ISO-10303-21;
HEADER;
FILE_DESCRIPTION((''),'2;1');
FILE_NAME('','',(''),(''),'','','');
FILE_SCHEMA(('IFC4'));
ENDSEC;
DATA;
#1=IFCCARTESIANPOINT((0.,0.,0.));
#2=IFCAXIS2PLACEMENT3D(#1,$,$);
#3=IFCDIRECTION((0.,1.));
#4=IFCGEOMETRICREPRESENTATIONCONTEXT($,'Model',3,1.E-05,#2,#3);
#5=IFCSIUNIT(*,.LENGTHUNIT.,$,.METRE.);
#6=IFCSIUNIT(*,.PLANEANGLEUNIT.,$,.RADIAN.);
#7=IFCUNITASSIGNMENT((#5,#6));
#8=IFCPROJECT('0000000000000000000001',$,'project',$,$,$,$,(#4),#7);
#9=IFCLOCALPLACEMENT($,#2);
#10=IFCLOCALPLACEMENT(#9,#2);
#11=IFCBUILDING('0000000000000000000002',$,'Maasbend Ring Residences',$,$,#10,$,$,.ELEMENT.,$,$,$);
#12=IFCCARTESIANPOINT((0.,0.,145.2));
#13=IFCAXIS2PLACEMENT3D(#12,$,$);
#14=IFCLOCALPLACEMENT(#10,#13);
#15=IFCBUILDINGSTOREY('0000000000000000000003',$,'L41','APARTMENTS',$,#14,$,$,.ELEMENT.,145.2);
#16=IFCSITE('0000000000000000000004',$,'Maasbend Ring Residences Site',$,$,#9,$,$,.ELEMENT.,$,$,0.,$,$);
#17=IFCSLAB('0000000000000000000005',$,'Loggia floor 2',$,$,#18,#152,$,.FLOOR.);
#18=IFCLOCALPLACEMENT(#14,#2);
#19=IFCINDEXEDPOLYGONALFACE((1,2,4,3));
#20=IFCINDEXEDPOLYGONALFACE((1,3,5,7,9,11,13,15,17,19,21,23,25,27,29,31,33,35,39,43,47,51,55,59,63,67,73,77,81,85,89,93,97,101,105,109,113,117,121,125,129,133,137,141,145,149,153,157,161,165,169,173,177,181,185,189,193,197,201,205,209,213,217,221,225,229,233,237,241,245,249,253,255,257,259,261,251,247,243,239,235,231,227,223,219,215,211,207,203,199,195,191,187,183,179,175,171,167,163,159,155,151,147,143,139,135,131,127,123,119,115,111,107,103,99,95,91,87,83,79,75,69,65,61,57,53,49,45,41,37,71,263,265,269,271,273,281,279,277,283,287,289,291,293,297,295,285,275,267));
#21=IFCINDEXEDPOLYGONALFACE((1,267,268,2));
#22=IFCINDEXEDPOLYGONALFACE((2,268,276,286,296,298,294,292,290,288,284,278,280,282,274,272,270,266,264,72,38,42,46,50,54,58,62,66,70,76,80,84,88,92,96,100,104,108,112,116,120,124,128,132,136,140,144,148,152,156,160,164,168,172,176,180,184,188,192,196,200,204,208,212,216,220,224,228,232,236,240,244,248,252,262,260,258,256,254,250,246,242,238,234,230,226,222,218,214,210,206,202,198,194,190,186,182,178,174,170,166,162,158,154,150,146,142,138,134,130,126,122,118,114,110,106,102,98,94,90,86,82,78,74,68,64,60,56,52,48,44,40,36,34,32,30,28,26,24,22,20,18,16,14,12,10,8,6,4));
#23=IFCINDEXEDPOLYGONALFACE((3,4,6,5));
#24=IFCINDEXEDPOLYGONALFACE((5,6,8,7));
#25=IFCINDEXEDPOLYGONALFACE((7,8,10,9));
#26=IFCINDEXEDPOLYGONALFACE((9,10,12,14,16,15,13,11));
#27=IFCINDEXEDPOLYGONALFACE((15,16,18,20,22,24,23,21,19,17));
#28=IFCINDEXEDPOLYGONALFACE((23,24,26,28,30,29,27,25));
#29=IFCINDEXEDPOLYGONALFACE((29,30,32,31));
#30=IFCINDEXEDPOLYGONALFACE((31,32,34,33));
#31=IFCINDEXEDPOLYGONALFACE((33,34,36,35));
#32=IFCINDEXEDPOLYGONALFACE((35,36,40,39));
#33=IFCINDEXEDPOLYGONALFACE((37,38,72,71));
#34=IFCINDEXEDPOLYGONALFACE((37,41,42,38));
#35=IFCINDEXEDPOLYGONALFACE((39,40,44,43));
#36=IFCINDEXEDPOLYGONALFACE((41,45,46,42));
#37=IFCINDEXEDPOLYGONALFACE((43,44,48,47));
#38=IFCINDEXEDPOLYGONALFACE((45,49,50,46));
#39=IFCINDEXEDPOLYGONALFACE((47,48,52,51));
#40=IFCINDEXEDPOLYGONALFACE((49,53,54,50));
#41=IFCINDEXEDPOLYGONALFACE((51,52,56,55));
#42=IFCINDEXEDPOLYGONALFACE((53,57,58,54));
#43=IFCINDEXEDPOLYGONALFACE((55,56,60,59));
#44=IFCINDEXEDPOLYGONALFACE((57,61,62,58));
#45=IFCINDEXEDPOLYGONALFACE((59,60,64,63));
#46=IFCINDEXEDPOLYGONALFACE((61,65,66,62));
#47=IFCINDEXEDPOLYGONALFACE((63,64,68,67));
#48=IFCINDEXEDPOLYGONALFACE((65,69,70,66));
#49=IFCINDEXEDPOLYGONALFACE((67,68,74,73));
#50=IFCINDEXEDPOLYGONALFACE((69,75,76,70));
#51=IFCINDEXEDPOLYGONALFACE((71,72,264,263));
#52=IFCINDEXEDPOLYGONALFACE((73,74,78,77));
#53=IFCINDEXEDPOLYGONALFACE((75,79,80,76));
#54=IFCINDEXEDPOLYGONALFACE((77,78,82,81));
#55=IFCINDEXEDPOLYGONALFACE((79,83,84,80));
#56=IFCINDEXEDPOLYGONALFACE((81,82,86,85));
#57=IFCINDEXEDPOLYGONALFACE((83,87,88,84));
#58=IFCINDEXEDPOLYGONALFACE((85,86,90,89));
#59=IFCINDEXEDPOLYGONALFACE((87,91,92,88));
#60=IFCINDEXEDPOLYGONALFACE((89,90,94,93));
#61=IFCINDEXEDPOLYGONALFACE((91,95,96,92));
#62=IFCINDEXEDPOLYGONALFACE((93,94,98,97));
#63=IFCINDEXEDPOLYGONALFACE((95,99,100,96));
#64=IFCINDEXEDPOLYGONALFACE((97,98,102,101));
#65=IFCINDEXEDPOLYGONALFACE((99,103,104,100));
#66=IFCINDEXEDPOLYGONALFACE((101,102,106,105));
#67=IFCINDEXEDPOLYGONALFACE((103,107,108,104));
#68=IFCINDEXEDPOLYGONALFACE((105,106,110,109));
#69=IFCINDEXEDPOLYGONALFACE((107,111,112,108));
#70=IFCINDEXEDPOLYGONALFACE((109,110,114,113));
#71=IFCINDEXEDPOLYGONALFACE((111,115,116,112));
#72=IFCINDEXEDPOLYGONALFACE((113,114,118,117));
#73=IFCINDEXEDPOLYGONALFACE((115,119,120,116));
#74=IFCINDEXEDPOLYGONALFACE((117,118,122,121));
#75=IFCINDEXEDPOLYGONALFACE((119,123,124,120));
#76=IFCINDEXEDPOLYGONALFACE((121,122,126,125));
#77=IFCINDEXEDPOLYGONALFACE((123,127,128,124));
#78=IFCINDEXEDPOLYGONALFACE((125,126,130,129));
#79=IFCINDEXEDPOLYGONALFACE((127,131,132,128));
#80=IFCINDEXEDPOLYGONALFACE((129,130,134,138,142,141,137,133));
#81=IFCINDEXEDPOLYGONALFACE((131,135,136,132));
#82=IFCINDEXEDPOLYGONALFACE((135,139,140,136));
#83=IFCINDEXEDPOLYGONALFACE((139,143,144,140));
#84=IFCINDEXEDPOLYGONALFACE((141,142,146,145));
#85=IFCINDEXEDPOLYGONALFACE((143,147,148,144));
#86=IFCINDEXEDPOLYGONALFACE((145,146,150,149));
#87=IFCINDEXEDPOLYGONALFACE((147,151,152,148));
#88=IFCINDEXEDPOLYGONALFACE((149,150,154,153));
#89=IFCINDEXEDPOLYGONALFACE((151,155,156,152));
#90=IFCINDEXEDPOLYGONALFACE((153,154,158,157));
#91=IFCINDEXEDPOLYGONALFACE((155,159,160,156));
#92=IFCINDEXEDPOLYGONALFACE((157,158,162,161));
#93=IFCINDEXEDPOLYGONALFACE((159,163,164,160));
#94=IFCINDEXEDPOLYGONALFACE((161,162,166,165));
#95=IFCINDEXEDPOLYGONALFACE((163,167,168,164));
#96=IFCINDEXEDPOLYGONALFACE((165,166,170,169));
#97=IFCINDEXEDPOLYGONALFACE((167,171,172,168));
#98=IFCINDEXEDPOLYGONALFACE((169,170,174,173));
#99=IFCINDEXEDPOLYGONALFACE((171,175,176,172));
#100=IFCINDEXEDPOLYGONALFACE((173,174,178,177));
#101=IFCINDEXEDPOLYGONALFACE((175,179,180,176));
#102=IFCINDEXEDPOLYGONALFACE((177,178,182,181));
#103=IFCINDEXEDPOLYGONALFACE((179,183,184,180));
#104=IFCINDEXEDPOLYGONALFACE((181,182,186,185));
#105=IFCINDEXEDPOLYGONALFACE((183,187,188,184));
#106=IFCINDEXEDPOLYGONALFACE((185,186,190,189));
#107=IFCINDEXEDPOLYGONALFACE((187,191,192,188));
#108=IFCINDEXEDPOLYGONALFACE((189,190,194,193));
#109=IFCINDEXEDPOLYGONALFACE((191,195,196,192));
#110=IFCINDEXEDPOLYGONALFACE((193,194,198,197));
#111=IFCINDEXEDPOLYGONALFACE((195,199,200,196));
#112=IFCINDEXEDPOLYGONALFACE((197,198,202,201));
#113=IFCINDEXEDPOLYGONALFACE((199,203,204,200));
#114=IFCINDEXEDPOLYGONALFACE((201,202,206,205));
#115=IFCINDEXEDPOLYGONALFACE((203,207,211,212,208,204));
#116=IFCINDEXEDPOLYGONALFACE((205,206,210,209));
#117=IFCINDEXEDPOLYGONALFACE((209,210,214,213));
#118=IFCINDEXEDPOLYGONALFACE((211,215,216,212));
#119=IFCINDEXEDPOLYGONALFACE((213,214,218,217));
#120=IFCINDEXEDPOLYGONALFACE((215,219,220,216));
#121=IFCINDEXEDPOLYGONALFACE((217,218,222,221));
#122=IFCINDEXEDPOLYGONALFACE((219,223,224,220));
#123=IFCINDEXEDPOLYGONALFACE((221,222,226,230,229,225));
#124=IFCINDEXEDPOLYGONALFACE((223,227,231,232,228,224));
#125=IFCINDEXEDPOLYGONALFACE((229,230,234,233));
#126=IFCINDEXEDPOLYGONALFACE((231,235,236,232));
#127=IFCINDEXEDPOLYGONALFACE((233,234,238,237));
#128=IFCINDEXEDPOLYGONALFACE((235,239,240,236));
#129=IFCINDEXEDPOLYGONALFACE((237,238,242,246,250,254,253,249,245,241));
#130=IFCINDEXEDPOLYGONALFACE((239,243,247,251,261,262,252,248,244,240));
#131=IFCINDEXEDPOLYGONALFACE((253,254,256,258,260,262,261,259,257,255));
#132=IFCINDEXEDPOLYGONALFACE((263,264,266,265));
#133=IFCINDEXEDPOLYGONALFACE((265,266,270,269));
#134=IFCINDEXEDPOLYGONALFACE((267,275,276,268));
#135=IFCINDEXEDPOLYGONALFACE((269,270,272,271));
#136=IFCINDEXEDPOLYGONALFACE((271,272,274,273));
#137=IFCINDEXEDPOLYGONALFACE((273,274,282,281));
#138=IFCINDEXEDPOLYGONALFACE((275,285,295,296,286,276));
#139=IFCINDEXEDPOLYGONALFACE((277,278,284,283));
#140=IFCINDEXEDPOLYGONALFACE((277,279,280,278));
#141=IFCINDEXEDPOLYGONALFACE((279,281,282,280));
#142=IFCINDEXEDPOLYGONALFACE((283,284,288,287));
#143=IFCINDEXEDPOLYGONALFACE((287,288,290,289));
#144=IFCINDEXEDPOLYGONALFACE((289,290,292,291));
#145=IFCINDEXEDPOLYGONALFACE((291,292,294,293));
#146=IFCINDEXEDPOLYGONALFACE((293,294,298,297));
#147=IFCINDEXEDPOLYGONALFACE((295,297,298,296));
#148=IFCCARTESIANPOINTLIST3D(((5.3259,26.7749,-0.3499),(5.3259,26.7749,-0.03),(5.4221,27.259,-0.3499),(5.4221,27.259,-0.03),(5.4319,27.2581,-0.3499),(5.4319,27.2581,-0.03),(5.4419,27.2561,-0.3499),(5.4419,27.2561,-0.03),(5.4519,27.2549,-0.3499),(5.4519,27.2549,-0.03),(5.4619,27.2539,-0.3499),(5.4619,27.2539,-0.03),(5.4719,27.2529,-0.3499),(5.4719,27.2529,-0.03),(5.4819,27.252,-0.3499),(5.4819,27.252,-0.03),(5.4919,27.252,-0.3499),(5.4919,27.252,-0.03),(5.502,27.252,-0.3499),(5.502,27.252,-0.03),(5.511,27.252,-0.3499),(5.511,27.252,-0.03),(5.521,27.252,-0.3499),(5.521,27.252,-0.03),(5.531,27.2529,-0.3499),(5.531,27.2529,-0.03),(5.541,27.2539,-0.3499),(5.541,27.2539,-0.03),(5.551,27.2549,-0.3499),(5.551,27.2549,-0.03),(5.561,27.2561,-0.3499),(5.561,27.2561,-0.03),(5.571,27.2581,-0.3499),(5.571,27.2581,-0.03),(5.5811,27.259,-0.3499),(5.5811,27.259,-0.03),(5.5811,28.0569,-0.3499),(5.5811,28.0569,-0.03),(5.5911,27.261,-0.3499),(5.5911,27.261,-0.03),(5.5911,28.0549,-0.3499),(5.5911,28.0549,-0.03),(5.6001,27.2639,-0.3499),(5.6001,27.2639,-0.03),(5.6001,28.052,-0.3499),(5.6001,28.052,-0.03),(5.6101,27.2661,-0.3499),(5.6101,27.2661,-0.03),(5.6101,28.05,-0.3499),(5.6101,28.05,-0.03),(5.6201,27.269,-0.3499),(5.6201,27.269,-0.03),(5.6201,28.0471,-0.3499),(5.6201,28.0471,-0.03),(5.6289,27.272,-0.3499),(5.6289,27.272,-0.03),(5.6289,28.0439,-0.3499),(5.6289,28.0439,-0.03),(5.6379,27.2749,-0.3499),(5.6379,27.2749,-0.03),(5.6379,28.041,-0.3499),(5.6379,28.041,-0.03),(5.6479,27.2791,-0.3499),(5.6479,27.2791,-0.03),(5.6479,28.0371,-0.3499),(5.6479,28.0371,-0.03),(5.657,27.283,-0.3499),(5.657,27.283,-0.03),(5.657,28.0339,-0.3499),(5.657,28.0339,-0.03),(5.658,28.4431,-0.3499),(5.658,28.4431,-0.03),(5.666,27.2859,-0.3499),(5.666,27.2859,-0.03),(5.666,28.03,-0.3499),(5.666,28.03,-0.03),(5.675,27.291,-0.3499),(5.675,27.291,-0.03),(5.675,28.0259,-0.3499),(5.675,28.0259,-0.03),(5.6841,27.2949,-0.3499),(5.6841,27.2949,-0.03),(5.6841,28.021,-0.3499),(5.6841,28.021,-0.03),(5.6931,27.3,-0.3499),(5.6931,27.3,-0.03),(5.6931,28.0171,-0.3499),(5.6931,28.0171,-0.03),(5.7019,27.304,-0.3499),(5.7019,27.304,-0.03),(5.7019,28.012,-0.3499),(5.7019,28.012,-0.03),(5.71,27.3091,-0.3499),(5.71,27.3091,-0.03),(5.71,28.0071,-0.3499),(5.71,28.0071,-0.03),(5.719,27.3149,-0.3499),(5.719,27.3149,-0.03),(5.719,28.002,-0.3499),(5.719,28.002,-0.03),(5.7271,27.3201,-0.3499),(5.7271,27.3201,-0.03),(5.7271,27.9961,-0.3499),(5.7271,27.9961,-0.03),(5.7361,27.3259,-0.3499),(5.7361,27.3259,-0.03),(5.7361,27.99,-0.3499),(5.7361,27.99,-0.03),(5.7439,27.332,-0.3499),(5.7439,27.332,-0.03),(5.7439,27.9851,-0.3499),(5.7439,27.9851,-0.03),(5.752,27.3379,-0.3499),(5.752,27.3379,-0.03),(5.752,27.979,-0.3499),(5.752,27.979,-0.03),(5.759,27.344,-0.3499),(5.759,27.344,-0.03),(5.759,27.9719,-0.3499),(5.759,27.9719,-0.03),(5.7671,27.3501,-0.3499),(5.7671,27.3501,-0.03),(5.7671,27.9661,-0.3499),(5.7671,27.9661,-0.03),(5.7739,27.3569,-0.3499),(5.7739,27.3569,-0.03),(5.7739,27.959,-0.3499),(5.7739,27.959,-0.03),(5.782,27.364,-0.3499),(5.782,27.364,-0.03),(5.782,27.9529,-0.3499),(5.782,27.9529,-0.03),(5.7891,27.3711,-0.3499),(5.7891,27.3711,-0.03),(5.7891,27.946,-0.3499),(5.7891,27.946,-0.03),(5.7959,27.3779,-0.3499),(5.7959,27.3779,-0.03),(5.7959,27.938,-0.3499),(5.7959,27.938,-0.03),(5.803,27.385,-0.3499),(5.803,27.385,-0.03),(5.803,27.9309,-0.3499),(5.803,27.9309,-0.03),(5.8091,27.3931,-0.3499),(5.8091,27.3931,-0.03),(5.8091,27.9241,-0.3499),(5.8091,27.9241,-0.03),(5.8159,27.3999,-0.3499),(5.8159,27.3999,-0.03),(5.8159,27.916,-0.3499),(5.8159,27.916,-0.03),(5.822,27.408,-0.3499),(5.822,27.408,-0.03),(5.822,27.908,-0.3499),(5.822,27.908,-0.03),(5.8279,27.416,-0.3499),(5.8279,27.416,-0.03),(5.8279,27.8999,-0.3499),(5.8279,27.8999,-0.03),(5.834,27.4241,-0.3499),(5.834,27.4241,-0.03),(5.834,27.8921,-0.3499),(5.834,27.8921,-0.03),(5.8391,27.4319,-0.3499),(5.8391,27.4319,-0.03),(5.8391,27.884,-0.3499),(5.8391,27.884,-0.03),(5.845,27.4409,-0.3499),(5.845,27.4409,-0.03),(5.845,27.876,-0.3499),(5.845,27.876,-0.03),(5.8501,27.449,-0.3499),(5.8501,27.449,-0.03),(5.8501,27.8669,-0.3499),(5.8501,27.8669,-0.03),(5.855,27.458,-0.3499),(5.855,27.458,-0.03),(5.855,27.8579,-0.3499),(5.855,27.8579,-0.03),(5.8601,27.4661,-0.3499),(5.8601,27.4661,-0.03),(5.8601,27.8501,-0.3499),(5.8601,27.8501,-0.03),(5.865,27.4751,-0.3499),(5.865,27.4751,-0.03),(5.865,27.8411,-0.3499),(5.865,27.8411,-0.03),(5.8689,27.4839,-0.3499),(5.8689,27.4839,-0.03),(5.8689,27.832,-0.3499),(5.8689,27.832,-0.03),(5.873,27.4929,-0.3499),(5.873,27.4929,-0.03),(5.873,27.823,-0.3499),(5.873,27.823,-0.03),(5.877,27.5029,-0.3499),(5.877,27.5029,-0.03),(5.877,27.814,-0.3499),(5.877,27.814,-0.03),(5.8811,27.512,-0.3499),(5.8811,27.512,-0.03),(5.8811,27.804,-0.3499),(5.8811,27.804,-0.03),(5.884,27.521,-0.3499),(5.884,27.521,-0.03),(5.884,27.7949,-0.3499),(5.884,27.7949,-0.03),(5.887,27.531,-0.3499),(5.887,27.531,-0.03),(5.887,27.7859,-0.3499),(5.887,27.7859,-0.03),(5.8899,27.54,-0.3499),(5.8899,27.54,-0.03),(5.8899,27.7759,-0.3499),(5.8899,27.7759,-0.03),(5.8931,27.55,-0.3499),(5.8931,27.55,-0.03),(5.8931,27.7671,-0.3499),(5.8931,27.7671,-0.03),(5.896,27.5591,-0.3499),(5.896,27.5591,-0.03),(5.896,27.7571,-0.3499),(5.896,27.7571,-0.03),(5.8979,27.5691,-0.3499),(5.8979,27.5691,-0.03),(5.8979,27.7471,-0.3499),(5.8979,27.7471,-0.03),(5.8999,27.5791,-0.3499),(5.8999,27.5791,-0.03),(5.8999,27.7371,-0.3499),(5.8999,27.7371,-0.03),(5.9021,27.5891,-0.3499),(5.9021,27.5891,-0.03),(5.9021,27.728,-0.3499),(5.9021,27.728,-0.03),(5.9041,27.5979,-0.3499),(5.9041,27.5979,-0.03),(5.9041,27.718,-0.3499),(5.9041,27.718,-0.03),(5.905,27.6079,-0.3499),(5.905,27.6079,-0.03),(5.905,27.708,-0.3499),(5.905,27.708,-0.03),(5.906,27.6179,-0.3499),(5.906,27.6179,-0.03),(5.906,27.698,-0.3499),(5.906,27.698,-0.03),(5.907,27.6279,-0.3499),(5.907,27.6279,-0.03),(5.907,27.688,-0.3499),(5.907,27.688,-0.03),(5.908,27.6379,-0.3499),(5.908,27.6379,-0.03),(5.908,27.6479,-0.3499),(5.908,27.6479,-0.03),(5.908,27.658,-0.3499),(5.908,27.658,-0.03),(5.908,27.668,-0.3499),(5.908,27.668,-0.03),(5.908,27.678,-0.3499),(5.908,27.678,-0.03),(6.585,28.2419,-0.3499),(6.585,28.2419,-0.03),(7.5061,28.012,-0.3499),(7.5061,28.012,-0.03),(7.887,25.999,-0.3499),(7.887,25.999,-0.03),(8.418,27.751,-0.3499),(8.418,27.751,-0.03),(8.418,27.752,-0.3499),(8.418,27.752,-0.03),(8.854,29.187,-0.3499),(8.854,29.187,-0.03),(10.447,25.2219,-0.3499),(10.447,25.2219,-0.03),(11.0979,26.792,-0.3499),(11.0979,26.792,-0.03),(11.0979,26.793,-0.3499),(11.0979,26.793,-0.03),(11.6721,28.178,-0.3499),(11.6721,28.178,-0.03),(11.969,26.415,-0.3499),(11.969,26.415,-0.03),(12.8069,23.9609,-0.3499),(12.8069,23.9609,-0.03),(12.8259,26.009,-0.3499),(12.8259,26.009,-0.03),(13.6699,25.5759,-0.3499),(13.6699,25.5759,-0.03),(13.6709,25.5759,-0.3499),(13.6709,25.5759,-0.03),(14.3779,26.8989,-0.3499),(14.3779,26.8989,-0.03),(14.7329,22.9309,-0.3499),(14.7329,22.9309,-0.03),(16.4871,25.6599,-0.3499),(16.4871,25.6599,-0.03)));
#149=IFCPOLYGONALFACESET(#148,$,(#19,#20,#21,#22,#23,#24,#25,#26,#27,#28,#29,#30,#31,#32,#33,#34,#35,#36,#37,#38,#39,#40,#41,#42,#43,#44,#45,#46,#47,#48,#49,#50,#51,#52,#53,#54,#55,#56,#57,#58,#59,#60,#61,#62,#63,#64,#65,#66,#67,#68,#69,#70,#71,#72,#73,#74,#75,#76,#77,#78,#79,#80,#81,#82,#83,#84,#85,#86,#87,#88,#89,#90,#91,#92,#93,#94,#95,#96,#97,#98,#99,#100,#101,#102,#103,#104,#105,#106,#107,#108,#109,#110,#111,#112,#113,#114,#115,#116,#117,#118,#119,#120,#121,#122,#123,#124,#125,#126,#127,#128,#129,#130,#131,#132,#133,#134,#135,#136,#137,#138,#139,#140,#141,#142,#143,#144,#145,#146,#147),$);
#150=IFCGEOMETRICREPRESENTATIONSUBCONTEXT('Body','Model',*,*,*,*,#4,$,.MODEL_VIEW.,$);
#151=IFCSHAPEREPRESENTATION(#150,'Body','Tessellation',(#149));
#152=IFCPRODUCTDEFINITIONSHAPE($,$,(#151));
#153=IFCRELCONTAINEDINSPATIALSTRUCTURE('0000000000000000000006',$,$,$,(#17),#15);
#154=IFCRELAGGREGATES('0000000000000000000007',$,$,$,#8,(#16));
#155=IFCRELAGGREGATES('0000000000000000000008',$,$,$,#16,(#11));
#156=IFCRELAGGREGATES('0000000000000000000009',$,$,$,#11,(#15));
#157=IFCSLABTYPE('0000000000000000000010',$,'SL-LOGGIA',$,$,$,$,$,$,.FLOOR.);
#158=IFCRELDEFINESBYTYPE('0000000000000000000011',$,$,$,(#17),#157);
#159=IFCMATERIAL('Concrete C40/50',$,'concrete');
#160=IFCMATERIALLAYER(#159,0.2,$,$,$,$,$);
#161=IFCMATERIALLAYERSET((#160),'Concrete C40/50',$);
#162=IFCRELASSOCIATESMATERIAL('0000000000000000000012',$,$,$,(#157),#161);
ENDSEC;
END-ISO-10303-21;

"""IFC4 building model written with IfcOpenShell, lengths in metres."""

from ifc_helpers import new_model, si_unit, direction, frame, origin, place, context, subcontext, project, spatial, polyline, outline, extrude, material, layer, layer_set, type_object, element, save


model = new_model("IFC4")

# Units and contexts
model_context = context("Model", 3, precision=1e-05, world=origin(), true_north=direction((0.0, 1.0)))
body_context = subcontext(model_context, "Body", "Model", "MODEL_VIEW")
ifc_project = project(units=[si_unit("LENGTHUNIT", "METRE"), si_unit("PLANEANGLEUNIT", "RADIAN")], contexts=[model_context])

# Site, building, storey
site_placement = place(None, origin())
site = spatial("IfcSite", under=ifc_project, at=site_placement, Name="Maasbend Ring Residences Site", CompositionType="ELEMENT", RefElevation=0.0)
building_placement = place(site_placement, origin())
building = spatial("IfcBuilding", under=site, at=building_placement, Name="Maasbend Ring Residences", CompositionType="ELEMENT")
storey_placement = place(building_placement, frame((0.0, 0.0, 145.2)))
storey = spatial("IfcBuildingStorey", under=building, at=storey_placement, Name="L41", Description="APARTMENTS", CompositionType="ELEMENT", Elevation=145.2)

# Slab
ifc_material_1 = material(Name="Concrete C40/50", Category="concrete")
ifc_layer_1 = layer(ifc_material_1, 0.2)
ifc_layer_set_1 = layer_set([ifc_layer_1], Name="Concrete C40/50")
slab_type_1 = type_object("IfcSlabType", Name="SL-LOGGIA", PredefinedType="FLOOR", material=ifc_layer_set_1)
slab_1_placement = place(storey_placement, frame((0.0, 0.0, -0.3499)))
element("IfcSlab", 1, at=slab_1_placement, inside=storey, type_object=slab_type_1, Name="Loggia floor 2", PredefinedType="FLOOR", context=body_context, shape_type="SweptSolid", body=[
    extrude(outline(polyline([(5.4519, 27.2549), (5.4619, 27.2539), (5.4719, 27.2529), (5.4819, 27.252), (5.4919, 27.252), (5.502, 27.252), (5.511, 27.252), (5.521, 27.252), (5.531, 27.2529), (5.541, 27.2539), (5.551, 27.2549), (5.561, 27.2561), (5.571, 27.2581), (5.5811, 27.259), (5.5911, 27.261), (5.6001, 27.2639), (5.6101, 27.2661), (5.6201, 27.269), (5.6289, 27.272), (5.6379, 27.2749), (5.6479, 27.2791), (5.657, 27.283), (5.666, 27.2859), (5.675, 27.291), (5.6841, 27.2949), (5.6931, 27.3), (5.7019, 27.304), (5.71, 27.3091), (5.719, 27.3149), (5.7271, 27.3201), (5.7361, 27.3259), (5.7439, 27.332), (5.752, 27.3379), (5.759, 27.344), (5.7671, 27.3501), (5.7739, 27.3569), (5.782, 27.364), (5.7891, 27.3711), (5.7959, 27.3779), (5.803, 27.385), (5.8091, 27.3931), (5.8159, 27.3999), (5.822, 27.408), (5.8279, 27.416), (5.834, 27.4241), (5.8391, 27.4319), (5.845, 27.4409), (5.8501, 27.449), (5.855, 27.458), (5.8601, 27.4661), (5.865, 27.4751), (5.8689, 27.4839), (5.873, 27.4929), (5.877, 27.5029), (5.8811, 27.512), (5.884, 27.521), (5.887, 27.531), (5.8899, 27.54), (5.8931, 27.55), (5.896, 27.5591), (5.8979, 27.5691), (5.8999, 27.5791), (5.9021, 27.5891), (5.9041, 27.5979), (5.905, 27.6079), (5.906, 27.6179), (5.907, 27.6279), (5.908, 27.6379), (5.908, 27.6479), (5.908, 27.658), (5.908, 27.668), (5.908, 27.678), (5.907, 27.688), (5.906, 27.698), (5.905, 27.708), (5.9041, 27.718), (5.9021, 27.728), (5.8999, 27.7371), (5.8979, 27.7471), (5.896, 27.7571), (5.8931, 27.7671), (5.8899, 27.7759), (5.887, 27.7859), (5.884, 27.7949), (5.8811, 27.804), (5.877, 27.814), (5.873, 27.823), (5.8689, 27.832), (5.865, 27.8411), (5.8601, 27.8501), (5.855, 27.8579), (5.8501, 27.8669), (5.845, 27.876), (5.8391, 27.884), (5.834, 27.8921), (5.8279, 27.8999), (5.822, 27.908), (5.8159, 27.916), (5.8091, 27.9241), (5.803, 27.9309), (5.7959, 27.938), (5.7891, 27.946), (5.782, 27.9529), (5.7739, 27.959), (5.7671, 27.9661), (5.759, 27.9719), (5.752, 27.979), (5.7439, 27.9851), (5.7361, 27.99), (5.7271, 27.9961), (5.719, 28.002), (5.71, 28.0071), (5.7019, 28.012), (5.6931, 28.0171), (5.6841, 28.021), (5.675, 28.0259), (5.666, 28.03), (5.657, 28.0339), (5.6479, 28.0371), (5.6379, 28.041), (5.6289, 28.0439), (5.6201, 28.0471), (5.6101, 28.05), (5.6001, 28.052), (5.5911, 28.0549), (5.5811, 28.0569), (5.658, 28.4431), (5.658, 28.4431), (5.658, 28.4431), (6.585, 28.2419), (6.585, 28.2419), (7.5061, 28.012), (7.5061, 28.012), (8.418, 27.751), (8.418, 27.751), (8.418, 27.751), (8.418, 27.751), (8.418, 27.751), (8.418, 27.751), (8.418, 27.751), (8.418, 27.751), (8.418, 27.751), (8.418, 27.751), (8.418, 27.752), (8.418, 27.752), (8.418, 27.752), (8.418, 27.752), (8.418, 27.752), (8.418, 27.752), (8.418, 27.752), (8.854, 29.187), (8.854, 29.187), (8.854, 29.187), (11.6721, 28.178), (11.6721, 28.178), (11.6721, 28.178), (11.0979, 26.793), (11.0979, 26.793), (11.0979, 26.793), (11.0979, 26.793), (11.0979, 26.793), (11.0979, 26.793), (11.0979, 26.793), (11.0979, 26.793), (11.0979, 26.793), (11.0979, 26.793), (11.0979, 26.792), (11.0979, 26.792), (11.0979, 26.792), (11.0979, 26.792), (11.0979, 26.792), (11.0979, 26.792), (11.0979, 26.792), (11.969, 26.415), (11.969, 26.415), (12.8259, 26.009), (12.8259, 26.009), (13.6699, 25.5759), (13.6699, 25.5759), (13.6699, 25.5759), (13.6699, 25.5759), (13.6699, 25.5759), (13.6699, 25.5759), (13.6699, 25.5759), (13.6699, 25.5759), (13.6699, 25.5759), (13.6699, 25.5759), (13.6709, 25.5759), (13.6709, 25.5759), (13.6709, 25.5759), (13.6709, 25.5759), (13.6709, 25.5759), (13.6709, 25.5759), (13.6709, 25.5759), (14.3779, 26.8989), (14.3779, 26.8989), (14.3779, 26.8989), (16.4871, 25.6599), (16.4871, 25.6599), (16.4871, 25.6599), (14.7329, 22.9309), (14.7329, 22.9309), (14.7329, 22.9309), (12.8069, 23.9609), (10.447, 25.2219), (10.447, 25.2219), (10.447, 25.2219), (7.887, 25.999), (5.3259, 26.7749), (5.3259, 26.7749), (5.3259, 26.7749), (5.4221, 27.259), (5.4319, 27.2581), (5.4419, 27.2561), (5.4519, 27.2549)])), origin(), (0.0, 0.0, 1.0), 0.3198),
])

save(model, "model.ifc")
